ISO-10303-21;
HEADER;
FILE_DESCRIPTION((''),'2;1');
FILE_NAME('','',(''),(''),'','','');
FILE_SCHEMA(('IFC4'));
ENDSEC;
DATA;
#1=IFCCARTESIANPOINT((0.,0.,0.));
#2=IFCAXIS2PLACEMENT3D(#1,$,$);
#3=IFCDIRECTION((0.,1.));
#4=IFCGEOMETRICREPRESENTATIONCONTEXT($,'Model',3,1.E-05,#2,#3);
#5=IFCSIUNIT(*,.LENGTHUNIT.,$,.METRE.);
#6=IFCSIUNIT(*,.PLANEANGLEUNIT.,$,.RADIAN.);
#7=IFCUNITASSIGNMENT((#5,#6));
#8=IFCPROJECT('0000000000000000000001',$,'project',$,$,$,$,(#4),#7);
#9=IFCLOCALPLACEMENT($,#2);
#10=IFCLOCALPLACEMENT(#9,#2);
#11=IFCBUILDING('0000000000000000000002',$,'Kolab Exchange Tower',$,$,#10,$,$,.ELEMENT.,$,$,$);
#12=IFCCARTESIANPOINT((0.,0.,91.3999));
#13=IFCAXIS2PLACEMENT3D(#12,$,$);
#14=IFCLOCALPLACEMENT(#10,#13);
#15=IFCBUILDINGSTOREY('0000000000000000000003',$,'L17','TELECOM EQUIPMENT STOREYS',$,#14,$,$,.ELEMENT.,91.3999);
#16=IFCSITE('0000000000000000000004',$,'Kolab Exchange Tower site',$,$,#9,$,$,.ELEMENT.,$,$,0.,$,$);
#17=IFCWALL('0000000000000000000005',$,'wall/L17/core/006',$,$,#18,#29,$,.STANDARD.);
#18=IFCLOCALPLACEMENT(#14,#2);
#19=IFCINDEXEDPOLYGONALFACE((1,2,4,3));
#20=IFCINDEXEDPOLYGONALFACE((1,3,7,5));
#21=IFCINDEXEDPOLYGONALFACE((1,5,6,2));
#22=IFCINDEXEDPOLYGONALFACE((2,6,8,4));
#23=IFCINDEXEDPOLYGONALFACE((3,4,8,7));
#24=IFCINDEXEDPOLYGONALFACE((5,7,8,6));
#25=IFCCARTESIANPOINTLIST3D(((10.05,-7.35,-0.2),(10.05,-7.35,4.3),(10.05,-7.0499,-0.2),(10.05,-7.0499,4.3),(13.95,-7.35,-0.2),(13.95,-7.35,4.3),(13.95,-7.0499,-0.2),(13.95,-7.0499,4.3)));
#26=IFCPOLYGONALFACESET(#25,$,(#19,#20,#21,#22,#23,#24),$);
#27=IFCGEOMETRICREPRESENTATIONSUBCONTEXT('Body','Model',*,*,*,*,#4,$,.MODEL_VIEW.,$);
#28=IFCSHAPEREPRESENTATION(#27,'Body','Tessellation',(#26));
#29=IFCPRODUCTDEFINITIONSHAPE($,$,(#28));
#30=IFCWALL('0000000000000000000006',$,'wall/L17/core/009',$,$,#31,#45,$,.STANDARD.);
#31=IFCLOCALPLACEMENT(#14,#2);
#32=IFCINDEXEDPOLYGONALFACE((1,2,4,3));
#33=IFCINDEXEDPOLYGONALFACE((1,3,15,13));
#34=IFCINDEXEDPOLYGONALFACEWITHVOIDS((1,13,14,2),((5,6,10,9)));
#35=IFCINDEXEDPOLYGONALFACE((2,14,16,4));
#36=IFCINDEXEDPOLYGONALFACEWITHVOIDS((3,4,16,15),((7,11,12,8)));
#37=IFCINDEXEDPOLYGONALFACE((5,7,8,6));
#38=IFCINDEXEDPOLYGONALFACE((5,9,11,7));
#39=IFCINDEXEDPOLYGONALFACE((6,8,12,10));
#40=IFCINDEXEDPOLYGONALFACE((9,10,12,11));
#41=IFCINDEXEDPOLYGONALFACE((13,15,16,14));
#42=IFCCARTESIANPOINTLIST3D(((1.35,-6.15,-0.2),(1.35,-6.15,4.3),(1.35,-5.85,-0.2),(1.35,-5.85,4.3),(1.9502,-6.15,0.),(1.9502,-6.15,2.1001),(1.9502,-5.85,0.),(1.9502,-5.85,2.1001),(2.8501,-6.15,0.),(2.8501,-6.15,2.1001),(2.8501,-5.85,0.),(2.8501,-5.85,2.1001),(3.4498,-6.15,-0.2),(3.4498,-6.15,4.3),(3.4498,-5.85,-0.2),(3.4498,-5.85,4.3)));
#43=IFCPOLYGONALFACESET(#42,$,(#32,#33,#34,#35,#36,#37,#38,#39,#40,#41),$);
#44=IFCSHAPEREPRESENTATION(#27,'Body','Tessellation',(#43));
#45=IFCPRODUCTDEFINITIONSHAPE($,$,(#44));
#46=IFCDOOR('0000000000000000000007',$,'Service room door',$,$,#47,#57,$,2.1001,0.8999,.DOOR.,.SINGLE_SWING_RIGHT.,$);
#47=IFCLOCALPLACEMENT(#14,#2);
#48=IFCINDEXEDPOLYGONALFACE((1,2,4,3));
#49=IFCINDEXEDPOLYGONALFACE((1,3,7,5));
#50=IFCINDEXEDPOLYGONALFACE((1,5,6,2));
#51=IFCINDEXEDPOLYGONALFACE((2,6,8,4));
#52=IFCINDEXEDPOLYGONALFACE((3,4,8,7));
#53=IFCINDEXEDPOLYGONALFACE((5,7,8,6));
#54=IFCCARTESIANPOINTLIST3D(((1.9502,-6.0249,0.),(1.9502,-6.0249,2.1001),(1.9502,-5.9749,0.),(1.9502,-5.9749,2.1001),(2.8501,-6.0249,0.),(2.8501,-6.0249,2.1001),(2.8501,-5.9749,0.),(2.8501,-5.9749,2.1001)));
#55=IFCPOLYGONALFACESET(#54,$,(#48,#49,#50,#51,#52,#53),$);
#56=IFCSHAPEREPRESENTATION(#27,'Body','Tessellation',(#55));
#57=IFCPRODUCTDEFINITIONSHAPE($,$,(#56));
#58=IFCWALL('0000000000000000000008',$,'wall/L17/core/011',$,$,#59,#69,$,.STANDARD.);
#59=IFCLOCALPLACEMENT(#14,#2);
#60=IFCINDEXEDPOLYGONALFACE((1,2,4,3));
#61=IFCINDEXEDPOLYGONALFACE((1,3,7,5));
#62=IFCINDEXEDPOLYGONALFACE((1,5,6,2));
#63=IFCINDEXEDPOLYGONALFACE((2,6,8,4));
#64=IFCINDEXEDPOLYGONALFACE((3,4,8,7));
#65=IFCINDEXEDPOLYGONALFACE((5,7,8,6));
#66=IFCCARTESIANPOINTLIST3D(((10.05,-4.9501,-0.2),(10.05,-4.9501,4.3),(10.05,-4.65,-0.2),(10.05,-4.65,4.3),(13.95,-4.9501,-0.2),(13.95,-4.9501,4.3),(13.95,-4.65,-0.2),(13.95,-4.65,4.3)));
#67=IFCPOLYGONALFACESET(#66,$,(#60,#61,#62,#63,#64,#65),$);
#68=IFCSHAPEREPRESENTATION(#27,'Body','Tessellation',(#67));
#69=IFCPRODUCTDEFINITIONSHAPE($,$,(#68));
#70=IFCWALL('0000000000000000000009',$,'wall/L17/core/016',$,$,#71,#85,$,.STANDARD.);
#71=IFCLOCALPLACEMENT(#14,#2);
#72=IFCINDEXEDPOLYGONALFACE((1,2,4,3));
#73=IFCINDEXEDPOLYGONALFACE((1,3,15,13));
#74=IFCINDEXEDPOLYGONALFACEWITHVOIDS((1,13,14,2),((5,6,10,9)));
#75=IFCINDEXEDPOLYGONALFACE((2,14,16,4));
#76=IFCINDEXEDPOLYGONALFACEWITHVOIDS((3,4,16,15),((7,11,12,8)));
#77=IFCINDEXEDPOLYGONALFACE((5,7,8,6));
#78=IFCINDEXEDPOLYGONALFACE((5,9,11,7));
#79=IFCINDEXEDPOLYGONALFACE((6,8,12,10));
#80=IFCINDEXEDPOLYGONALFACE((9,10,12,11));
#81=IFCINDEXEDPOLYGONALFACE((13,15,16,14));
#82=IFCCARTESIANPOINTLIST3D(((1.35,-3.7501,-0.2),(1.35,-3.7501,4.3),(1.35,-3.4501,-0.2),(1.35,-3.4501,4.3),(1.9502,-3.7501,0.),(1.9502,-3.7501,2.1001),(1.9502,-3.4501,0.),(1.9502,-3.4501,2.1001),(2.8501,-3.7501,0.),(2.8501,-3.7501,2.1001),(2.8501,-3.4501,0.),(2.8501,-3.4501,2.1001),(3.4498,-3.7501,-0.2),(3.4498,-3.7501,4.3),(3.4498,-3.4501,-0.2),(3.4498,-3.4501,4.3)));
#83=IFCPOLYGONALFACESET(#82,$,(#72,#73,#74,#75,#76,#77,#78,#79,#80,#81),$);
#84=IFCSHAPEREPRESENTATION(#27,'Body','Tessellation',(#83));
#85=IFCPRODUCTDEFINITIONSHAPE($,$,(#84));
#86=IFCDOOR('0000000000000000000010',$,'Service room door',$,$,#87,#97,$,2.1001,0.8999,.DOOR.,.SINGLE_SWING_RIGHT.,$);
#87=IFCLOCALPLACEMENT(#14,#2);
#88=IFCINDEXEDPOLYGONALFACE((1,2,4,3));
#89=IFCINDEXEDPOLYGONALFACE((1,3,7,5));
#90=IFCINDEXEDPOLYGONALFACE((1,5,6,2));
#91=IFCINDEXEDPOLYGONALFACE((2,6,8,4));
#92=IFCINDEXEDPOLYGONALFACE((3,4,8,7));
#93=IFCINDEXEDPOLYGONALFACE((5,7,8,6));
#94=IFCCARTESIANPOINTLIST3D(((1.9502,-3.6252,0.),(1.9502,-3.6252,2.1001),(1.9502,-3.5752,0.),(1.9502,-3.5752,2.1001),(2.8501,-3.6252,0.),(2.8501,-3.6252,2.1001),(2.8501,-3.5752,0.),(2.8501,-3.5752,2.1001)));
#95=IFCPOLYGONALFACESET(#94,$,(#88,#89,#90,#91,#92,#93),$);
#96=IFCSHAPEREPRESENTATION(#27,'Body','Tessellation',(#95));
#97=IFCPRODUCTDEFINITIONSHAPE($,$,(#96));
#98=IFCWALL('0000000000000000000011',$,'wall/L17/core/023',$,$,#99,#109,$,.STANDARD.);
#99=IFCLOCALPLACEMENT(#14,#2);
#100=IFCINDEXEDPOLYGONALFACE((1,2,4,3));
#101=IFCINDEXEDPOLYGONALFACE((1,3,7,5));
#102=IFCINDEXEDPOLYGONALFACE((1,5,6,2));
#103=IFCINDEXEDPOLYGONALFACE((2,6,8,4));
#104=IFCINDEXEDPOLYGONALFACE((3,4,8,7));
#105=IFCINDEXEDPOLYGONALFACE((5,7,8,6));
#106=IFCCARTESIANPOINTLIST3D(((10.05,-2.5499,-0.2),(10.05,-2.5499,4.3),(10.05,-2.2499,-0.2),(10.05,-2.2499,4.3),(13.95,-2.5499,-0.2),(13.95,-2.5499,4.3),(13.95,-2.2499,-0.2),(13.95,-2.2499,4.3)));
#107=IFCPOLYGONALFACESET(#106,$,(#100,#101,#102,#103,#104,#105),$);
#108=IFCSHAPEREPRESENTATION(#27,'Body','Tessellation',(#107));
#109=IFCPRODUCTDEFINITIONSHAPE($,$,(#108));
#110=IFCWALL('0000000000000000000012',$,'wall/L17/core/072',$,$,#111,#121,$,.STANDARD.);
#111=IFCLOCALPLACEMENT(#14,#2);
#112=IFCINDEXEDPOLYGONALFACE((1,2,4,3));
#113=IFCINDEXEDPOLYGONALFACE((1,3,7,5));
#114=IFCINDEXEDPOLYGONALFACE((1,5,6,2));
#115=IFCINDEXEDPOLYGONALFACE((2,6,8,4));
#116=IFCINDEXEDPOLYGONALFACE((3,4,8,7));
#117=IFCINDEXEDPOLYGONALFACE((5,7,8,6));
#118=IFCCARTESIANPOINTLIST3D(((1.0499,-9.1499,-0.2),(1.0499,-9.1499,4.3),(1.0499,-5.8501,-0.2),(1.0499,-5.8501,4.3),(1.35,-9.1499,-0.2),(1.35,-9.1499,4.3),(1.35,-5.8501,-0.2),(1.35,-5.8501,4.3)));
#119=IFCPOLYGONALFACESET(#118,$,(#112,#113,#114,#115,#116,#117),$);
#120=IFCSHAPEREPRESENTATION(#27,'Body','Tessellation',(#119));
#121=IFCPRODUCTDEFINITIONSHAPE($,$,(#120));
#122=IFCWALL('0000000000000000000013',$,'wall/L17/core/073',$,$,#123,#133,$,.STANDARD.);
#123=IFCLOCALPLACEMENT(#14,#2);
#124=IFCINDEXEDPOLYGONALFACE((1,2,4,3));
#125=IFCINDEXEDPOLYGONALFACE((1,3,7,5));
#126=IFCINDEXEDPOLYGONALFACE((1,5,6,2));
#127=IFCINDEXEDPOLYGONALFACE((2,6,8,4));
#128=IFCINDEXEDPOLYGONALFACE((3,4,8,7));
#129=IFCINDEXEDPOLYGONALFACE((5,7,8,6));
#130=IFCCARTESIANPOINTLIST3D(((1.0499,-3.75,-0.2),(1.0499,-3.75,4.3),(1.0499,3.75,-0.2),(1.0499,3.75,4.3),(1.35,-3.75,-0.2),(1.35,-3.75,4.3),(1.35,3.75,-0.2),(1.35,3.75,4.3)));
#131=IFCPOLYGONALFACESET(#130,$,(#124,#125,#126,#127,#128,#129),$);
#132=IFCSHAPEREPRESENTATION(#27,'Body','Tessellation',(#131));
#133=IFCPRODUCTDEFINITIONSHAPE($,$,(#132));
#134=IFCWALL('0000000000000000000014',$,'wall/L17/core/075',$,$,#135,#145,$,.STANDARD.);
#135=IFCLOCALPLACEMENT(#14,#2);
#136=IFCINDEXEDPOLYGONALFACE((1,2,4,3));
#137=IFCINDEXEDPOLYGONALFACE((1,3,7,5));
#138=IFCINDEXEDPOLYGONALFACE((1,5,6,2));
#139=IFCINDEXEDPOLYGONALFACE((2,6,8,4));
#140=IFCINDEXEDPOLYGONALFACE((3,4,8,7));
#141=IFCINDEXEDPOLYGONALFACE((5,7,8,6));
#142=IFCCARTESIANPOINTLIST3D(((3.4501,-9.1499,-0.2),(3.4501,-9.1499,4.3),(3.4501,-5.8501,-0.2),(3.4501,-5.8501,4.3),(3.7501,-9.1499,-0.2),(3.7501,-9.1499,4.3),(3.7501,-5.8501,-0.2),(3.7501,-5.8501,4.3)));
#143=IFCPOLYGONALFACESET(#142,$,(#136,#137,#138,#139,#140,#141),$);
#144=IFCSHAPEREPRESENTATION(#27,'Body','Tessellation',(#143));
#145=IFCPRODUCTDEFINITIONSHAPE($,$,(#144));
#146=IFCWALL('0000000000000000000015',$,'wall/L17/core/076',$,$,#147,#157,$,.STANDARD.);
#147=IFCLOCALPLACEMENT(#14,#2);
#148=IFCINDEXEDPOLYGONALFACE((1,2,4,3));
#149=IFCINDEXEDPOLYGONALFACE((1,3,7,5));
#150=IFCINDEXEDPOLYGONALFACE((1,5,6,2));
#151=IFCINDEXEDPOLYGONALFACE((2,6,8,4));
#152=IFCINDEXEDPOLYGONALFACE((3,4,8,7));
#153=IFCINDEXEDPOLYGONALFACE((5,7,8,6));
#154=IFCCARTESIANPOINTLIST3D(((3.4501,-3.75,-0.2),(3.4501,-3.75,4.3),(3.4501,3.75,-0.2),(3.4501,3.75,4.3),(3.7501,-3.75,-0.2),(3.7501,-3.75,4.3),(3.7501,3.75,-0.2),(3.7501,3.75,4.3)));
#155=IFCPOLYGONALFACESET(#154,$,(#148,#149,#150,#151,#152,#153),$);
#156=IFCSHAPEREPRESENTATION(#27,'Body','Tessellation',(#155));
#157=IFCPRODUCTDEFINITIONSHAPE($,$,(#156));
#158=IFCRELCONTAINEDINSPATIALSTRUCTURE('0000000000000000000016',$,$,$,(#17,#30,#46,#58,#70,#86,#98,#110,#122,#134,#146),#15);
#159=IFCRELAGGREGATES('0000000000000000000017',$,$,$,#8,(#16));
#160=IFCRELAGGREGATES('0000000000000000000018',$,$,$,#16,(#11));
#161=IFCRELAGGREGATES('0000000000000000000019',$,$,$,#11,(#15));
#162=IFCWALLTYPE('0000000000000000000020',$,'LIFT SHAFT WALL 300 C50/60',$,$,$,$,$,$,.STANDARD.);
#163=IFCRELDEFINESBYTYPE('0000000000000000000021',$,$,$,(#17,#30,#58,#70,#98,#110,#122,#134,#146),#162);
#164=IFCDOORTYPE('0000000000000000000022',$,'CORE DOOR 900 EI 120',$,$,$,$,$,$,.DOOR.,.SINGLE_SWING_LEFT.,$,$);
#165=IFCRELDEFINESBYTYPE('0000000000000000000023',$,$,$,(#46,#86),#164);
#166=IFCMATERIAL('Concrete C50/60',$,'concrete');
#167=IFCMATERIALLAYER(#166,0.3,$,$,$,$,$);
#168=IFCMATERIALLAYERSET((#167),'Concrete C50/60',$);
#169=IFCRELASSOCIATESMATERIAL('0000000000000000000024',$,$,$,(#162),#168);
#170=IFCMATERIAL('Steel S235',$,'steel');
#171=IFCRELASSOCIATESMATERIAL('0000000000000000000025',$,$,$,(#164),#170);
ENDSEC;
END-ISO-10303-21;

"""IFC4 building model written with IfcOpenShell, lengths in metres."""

from ifc_helpers import new_model, si_unit, direction, frame, frame_2d, origin, place, context, subcontext, project, spatial, rectangle, extrude, material, layer, layer_set, type_object, element, fill, save


model = new_model("IFC4")

# Units and contexts
model_context = context("Model", 3, precision=1e-05, world=origin(), true_north=direction((0.0, 1.0)))
body_context = subcontext(model_context, "Body", "Model", "MODEL_VIEW")
ifc_project = project(units=[si_unit("LENGTHUNIT", "METRE"), si_unit("PLANEANGLEUNIT", "RADIAN")], contexts=[model_context])

# Site, building, storey
site_placement = place(None, origin())
site = spatial("IfcSite", under=ifc_project, at=site_placement, Name="Kolab Exchange Tower site", CompositionType="ELEMENT", RefElevation=0.0)
building_placement = place(site_placement, origin())
building = spatial("IfcBuilding", under=site, at=building_placement, Name="Kolab Exchange Tower", CompositionType="ELEMENT")
storey_placement = place(building_placement, frame((0.0, 0.0, 91.3999)))
storey = spatial("IfcBuildingStorey", under=building, at=storey_placement, Name="L17", Description="TELECOM EQUIPMENT STOREYS", CompositionType="ELEMENT", Elevation=91.3999)

# Wall
ifc_material_1 = material(Name="Concrete C50/60", Category="concrete")
ifc_layer_1 = layer(ifc_material_1, 0.3)
ifc_layer_set_1 = layer_set([ifc_layer_1], Name="Concrete C50/60")
wall_type_1 = type_object("IfcWallType", Name="LIFT SHAFT WALL 300 C50/60", PredefinedType="STANDARD", material=ifc_layer_set_1)
wall_1_placement = place(storey_placement, frame((10.05, -7.2, -0.2), z_axis=(0.0, 0.0, 1.0), x_axis=(1.0, 0.0, 0.0)))
element("IfcWall", 1, at=wall_1_placement, inside=storey, type_object=wall_type_1, Name="wall/L17/core/006", PredefinedType="STANDARD", context=body_context, shape_type="SweptSolid", body=[
    extrude(rectangle(XDim=3.8999, YDim=0.3, at=frame_2d((1.95, 0.0))), origin(), (0.0, 0.0, 1.0), 4.5),
])

# Wall, opening, door
wall_2_placement = place(storey_placement, frame((1.3501, -6.0, -0.2), z_axis=(0.0, 0.0, 1.0), x_axis=(1.0, 0.0, 0.0)))
wall_2 = element("IfcWall", 2, at=wall_2_placement, inside=storey, type_object=wall_type_1, Name="wall/L17/core/009", PredefinedType="STANDARD", context=body_context, shape_type="SweptSolid", body=[
    extrude(rectangle(XDim=2.0999, YDim=0.3, at=frame_2d((1.0498, 0.0))), origin(), (0.0, 0.0, 1.0), 4.5),
])
opening_1_placement = place(wall_2_placement, frame((0.6001, 0.0, 0.2)))
opening_1 = element("IfcOpeningElement", 3, at=opening_1_placement, cuts=wall_2, PredefinedType="OPENING", context=body_context, shape_type="SweptSolid", body=[
    extrude(rectangle(XDim=0.8999, YDim=2.1001, at=frame_2d((0.45, 1.05))), frame((0.0, 0.1602, 0.0), z_axis=(0.0, -1.0, 0.0), x_axis=(1.0, 0.0, 0.0)), (0.0, 0.0, 1.0), 0.3201),
])
ifc_material_2 = material(Name="Steel S235", Category="steel")
door_type_1 = type_object("IfcDoorType", Name="CORE DOOR 900 EI 120", OperationType="SINGLE_SWING_LEFT", PredefinedType="DOOR", material=ifc_material_2)
door_1_placement = place(opening_1_placement, frame((0.8999, 0.0, 0.0), z_axis=(0.0, 0.0, 1.0), x_axis=(-1.0, 0.0, 0.0)))
door_1 = element("IfcDoor", 4, at=door_1_placement, inside=storey, type_object=door_type_1, Name="Service room door", OperationType="SINGLE_SWING_RIGHT", OverallHeight=2.1001, OverallWidth=0.8999, PredefinedType="DOOR", context=body_context, shape_type="SweptSolid", body=[
    extrude(rectangle(XDim=0.8999, YDim=2.1001, at=frame_2d((0.45, 1.05))), frame((0.0, 0.0249, 0.0), z_axis=(0.0, -1.0, 0.0), x_axis=(1.0, 0.0, 0.0)), (0.0, 0.0, 1.0), 0.05),
])
fill(opening_1, door_1)

# Wall
wall_3_placement = place(storey_placement, frame((10.05, -4.8, -0.2), z_axis=(0.0, 0.0, 1.0), x_axis=(1.0, 0.0, 0.0)))
element("IfcWall", 5, at=wall_3_placement, inside=storey, type_object=wall_type_1, Name="wall/L17/core/011", PredefinedType="STANDARD", context=body_context, shape_type="SweptSolid", body=[
    extrude(rectangle(XDim=3.8999, YDim=0.3, at=frame_2d((1.95, 0.0))), origin(), (0.0, 0.0, 1.0), 4.5),
])

# Wall, opening, door
wall_4_placement = place(storey_placement, frame((1.3501, -3.6001, -0.2), z_axis=(0.0, 0.0, 1.0), x_axis=(1.0, 0.0, 0.0)))
wall_4 = element("IfcWall", 6, at=wall_4_placement, inside=storey, type_object=wall_type_1, Name="wall/L17/core/016", PredefinedType="STANDARD", context=body_context, shape_type="SweptSolid", body=[
    extrude(rectangle(XDim=2.0999, YDim=0.3, at=frame_2d((1.0498, 0.0))), origin(), (0.0, 0.0, 1.0), 4.5),
])
opening_2_placement = place(wall_4_placement, frame((0.6001, 0.0, 0.2)))
opening_2 = element("IfcOpeningElement", 7, at=opening_2_placement, cuts=wall_4, PredefinedType="OPENING", context=body_context, shape_type="SweptSolid", body=[
    extrude(rectangle(XDim=0.8999, YDim=2.1001, at=frame_2d((0.45, 1.05))), frame((0.0, 0.1602, 0.0), z_axis=(0.0, -1.0, 0.0), x_axis=(1.0, 0.0, 0.0)), (0.0, 0.0, 1.0), 0.3201),
])
door_2_placement = place(opening_2_placement, origin())
door_2 = element("IfcDoor", 8, at=door_2_placement, inside=storey, type_object=door_type_1, Name="Service room door", OperationType="SINGLE_SWING_RIGHT", OverallHeight=2.1001, OverallWidth=0.8999, PredefinedType="DOOR", context=body_context, shape_type="SweptSolid", body=[
    extrude(rectangle(XDim=0.8999, YDim=2.1001, at=frame_2d((0.45, 1.05))), frame((0.0, 0.0249, 0.0), z_axis=(0.0, -1.0, 0.0), x_axis=(1.0, 0.0, 0.0)), (0.0, 0.0, 1.0), 0.05),
])
fill(opening_2, door_2)

# Walls
wall_5_placement = place(storey_placement, frame((10.05, -2.3999, -0.2), z_axis=(0.0, 0.0, 1.0), x_axis=(1.0, 0.0, 0.0)))
element("IfcWall", 9, at=wall_5_placement, inside=storey, type_object=wall_type_1, Name="wall/L17/core/023", PredefinedType="STANDARD", context=body_context, shape_type="SweptSolid", body=[
    extrude(rectangle(XDim=3.8999, YDim=0.3, at=frame_2d((1.95, 0.0))), origin(), (0.0, 0.0, 1.0), 4.5),
])
wall_6_placement = place(storey_placement, frame((1.2, -9.1499, -0.2), z_axis=(0.0, 0.0, 1.0), x_axis=(0.0, 1.0, 0.0)))
element("IfcWall", 10, at=wall_6_placement, inside=storey, type_object=wall_type_1, Name="wall/L17/core/072", PredefinedType="STANDARD", context=body_context, shape_type="SweptSolid", body=[
    extrude(rectangle(XDim=3.2998, YDim=0.3, at=frame_2d((1.6499, 0.0))), origin(), (0.0, 0.0, 1.0), 4.5),
])
wall_7_placement = place(storey_placement, frame((1.2, -3.75, -0.2), z_axis=(0.0, 0.0, 1.0), x_axis=(0.0, 1.0, 0.0)))
element("IfcWall", 11, at=wall_7_placement, inside=storey, type_object=wall_type_1, Name="wall/L17/core/073", PredefinedType="STANDARD", context=body_context, shape_type="SweptSolid", body=[
    extrude(rectangle(XDim=7.5, YDim=0.3, at=frame_2d((3.75, 0.0))), origin(), (0.0, 0.0, 1.0), 4.5),
])
wall_8_placement = place(storey_placement, frame((3.6001, -9.1499, -0.2), z_axis=(0.0, 0.0, 1.0), x_axis=(0.0, 1.0, 0.0)))
element("IfcWall", 12, at=wall_8_placement, inside=storey, type_object=wall_type_1, Name="wall/L17/core/075", PredefinedType="STANDARD", context=body_context, shape_type="SweptSolid", body=[
    extrude(rectangle(XDim=3.2998, YDim=0.3, at=frame_2d((1.6499, 0.0))), origin(), (0.0, 0.0, 1.0), 4.5),
])
wall_9_placement = place(storey_placement, frame((3.6001, -3.75, -0.2), z_axis=(0.0, 0.0, 1.0), x_axis=(0.0, 1.0, 0.0)))
element("IfcWall", 13, at=wall_9_placement, inside=storey, type_object=wall_type_1, Name="wall/L17/core/076", PredefinedType="STANDARD", context=body_context, shape_type="SweptSolid", body=[
    extrude(rectangle(XDim=7.5, YDim=0.3, at=frame_2d((3.75, 0.0))), origin(), (0.0, 0.0, 1.0), 4.5),
])

save(model, "model.ifc")
